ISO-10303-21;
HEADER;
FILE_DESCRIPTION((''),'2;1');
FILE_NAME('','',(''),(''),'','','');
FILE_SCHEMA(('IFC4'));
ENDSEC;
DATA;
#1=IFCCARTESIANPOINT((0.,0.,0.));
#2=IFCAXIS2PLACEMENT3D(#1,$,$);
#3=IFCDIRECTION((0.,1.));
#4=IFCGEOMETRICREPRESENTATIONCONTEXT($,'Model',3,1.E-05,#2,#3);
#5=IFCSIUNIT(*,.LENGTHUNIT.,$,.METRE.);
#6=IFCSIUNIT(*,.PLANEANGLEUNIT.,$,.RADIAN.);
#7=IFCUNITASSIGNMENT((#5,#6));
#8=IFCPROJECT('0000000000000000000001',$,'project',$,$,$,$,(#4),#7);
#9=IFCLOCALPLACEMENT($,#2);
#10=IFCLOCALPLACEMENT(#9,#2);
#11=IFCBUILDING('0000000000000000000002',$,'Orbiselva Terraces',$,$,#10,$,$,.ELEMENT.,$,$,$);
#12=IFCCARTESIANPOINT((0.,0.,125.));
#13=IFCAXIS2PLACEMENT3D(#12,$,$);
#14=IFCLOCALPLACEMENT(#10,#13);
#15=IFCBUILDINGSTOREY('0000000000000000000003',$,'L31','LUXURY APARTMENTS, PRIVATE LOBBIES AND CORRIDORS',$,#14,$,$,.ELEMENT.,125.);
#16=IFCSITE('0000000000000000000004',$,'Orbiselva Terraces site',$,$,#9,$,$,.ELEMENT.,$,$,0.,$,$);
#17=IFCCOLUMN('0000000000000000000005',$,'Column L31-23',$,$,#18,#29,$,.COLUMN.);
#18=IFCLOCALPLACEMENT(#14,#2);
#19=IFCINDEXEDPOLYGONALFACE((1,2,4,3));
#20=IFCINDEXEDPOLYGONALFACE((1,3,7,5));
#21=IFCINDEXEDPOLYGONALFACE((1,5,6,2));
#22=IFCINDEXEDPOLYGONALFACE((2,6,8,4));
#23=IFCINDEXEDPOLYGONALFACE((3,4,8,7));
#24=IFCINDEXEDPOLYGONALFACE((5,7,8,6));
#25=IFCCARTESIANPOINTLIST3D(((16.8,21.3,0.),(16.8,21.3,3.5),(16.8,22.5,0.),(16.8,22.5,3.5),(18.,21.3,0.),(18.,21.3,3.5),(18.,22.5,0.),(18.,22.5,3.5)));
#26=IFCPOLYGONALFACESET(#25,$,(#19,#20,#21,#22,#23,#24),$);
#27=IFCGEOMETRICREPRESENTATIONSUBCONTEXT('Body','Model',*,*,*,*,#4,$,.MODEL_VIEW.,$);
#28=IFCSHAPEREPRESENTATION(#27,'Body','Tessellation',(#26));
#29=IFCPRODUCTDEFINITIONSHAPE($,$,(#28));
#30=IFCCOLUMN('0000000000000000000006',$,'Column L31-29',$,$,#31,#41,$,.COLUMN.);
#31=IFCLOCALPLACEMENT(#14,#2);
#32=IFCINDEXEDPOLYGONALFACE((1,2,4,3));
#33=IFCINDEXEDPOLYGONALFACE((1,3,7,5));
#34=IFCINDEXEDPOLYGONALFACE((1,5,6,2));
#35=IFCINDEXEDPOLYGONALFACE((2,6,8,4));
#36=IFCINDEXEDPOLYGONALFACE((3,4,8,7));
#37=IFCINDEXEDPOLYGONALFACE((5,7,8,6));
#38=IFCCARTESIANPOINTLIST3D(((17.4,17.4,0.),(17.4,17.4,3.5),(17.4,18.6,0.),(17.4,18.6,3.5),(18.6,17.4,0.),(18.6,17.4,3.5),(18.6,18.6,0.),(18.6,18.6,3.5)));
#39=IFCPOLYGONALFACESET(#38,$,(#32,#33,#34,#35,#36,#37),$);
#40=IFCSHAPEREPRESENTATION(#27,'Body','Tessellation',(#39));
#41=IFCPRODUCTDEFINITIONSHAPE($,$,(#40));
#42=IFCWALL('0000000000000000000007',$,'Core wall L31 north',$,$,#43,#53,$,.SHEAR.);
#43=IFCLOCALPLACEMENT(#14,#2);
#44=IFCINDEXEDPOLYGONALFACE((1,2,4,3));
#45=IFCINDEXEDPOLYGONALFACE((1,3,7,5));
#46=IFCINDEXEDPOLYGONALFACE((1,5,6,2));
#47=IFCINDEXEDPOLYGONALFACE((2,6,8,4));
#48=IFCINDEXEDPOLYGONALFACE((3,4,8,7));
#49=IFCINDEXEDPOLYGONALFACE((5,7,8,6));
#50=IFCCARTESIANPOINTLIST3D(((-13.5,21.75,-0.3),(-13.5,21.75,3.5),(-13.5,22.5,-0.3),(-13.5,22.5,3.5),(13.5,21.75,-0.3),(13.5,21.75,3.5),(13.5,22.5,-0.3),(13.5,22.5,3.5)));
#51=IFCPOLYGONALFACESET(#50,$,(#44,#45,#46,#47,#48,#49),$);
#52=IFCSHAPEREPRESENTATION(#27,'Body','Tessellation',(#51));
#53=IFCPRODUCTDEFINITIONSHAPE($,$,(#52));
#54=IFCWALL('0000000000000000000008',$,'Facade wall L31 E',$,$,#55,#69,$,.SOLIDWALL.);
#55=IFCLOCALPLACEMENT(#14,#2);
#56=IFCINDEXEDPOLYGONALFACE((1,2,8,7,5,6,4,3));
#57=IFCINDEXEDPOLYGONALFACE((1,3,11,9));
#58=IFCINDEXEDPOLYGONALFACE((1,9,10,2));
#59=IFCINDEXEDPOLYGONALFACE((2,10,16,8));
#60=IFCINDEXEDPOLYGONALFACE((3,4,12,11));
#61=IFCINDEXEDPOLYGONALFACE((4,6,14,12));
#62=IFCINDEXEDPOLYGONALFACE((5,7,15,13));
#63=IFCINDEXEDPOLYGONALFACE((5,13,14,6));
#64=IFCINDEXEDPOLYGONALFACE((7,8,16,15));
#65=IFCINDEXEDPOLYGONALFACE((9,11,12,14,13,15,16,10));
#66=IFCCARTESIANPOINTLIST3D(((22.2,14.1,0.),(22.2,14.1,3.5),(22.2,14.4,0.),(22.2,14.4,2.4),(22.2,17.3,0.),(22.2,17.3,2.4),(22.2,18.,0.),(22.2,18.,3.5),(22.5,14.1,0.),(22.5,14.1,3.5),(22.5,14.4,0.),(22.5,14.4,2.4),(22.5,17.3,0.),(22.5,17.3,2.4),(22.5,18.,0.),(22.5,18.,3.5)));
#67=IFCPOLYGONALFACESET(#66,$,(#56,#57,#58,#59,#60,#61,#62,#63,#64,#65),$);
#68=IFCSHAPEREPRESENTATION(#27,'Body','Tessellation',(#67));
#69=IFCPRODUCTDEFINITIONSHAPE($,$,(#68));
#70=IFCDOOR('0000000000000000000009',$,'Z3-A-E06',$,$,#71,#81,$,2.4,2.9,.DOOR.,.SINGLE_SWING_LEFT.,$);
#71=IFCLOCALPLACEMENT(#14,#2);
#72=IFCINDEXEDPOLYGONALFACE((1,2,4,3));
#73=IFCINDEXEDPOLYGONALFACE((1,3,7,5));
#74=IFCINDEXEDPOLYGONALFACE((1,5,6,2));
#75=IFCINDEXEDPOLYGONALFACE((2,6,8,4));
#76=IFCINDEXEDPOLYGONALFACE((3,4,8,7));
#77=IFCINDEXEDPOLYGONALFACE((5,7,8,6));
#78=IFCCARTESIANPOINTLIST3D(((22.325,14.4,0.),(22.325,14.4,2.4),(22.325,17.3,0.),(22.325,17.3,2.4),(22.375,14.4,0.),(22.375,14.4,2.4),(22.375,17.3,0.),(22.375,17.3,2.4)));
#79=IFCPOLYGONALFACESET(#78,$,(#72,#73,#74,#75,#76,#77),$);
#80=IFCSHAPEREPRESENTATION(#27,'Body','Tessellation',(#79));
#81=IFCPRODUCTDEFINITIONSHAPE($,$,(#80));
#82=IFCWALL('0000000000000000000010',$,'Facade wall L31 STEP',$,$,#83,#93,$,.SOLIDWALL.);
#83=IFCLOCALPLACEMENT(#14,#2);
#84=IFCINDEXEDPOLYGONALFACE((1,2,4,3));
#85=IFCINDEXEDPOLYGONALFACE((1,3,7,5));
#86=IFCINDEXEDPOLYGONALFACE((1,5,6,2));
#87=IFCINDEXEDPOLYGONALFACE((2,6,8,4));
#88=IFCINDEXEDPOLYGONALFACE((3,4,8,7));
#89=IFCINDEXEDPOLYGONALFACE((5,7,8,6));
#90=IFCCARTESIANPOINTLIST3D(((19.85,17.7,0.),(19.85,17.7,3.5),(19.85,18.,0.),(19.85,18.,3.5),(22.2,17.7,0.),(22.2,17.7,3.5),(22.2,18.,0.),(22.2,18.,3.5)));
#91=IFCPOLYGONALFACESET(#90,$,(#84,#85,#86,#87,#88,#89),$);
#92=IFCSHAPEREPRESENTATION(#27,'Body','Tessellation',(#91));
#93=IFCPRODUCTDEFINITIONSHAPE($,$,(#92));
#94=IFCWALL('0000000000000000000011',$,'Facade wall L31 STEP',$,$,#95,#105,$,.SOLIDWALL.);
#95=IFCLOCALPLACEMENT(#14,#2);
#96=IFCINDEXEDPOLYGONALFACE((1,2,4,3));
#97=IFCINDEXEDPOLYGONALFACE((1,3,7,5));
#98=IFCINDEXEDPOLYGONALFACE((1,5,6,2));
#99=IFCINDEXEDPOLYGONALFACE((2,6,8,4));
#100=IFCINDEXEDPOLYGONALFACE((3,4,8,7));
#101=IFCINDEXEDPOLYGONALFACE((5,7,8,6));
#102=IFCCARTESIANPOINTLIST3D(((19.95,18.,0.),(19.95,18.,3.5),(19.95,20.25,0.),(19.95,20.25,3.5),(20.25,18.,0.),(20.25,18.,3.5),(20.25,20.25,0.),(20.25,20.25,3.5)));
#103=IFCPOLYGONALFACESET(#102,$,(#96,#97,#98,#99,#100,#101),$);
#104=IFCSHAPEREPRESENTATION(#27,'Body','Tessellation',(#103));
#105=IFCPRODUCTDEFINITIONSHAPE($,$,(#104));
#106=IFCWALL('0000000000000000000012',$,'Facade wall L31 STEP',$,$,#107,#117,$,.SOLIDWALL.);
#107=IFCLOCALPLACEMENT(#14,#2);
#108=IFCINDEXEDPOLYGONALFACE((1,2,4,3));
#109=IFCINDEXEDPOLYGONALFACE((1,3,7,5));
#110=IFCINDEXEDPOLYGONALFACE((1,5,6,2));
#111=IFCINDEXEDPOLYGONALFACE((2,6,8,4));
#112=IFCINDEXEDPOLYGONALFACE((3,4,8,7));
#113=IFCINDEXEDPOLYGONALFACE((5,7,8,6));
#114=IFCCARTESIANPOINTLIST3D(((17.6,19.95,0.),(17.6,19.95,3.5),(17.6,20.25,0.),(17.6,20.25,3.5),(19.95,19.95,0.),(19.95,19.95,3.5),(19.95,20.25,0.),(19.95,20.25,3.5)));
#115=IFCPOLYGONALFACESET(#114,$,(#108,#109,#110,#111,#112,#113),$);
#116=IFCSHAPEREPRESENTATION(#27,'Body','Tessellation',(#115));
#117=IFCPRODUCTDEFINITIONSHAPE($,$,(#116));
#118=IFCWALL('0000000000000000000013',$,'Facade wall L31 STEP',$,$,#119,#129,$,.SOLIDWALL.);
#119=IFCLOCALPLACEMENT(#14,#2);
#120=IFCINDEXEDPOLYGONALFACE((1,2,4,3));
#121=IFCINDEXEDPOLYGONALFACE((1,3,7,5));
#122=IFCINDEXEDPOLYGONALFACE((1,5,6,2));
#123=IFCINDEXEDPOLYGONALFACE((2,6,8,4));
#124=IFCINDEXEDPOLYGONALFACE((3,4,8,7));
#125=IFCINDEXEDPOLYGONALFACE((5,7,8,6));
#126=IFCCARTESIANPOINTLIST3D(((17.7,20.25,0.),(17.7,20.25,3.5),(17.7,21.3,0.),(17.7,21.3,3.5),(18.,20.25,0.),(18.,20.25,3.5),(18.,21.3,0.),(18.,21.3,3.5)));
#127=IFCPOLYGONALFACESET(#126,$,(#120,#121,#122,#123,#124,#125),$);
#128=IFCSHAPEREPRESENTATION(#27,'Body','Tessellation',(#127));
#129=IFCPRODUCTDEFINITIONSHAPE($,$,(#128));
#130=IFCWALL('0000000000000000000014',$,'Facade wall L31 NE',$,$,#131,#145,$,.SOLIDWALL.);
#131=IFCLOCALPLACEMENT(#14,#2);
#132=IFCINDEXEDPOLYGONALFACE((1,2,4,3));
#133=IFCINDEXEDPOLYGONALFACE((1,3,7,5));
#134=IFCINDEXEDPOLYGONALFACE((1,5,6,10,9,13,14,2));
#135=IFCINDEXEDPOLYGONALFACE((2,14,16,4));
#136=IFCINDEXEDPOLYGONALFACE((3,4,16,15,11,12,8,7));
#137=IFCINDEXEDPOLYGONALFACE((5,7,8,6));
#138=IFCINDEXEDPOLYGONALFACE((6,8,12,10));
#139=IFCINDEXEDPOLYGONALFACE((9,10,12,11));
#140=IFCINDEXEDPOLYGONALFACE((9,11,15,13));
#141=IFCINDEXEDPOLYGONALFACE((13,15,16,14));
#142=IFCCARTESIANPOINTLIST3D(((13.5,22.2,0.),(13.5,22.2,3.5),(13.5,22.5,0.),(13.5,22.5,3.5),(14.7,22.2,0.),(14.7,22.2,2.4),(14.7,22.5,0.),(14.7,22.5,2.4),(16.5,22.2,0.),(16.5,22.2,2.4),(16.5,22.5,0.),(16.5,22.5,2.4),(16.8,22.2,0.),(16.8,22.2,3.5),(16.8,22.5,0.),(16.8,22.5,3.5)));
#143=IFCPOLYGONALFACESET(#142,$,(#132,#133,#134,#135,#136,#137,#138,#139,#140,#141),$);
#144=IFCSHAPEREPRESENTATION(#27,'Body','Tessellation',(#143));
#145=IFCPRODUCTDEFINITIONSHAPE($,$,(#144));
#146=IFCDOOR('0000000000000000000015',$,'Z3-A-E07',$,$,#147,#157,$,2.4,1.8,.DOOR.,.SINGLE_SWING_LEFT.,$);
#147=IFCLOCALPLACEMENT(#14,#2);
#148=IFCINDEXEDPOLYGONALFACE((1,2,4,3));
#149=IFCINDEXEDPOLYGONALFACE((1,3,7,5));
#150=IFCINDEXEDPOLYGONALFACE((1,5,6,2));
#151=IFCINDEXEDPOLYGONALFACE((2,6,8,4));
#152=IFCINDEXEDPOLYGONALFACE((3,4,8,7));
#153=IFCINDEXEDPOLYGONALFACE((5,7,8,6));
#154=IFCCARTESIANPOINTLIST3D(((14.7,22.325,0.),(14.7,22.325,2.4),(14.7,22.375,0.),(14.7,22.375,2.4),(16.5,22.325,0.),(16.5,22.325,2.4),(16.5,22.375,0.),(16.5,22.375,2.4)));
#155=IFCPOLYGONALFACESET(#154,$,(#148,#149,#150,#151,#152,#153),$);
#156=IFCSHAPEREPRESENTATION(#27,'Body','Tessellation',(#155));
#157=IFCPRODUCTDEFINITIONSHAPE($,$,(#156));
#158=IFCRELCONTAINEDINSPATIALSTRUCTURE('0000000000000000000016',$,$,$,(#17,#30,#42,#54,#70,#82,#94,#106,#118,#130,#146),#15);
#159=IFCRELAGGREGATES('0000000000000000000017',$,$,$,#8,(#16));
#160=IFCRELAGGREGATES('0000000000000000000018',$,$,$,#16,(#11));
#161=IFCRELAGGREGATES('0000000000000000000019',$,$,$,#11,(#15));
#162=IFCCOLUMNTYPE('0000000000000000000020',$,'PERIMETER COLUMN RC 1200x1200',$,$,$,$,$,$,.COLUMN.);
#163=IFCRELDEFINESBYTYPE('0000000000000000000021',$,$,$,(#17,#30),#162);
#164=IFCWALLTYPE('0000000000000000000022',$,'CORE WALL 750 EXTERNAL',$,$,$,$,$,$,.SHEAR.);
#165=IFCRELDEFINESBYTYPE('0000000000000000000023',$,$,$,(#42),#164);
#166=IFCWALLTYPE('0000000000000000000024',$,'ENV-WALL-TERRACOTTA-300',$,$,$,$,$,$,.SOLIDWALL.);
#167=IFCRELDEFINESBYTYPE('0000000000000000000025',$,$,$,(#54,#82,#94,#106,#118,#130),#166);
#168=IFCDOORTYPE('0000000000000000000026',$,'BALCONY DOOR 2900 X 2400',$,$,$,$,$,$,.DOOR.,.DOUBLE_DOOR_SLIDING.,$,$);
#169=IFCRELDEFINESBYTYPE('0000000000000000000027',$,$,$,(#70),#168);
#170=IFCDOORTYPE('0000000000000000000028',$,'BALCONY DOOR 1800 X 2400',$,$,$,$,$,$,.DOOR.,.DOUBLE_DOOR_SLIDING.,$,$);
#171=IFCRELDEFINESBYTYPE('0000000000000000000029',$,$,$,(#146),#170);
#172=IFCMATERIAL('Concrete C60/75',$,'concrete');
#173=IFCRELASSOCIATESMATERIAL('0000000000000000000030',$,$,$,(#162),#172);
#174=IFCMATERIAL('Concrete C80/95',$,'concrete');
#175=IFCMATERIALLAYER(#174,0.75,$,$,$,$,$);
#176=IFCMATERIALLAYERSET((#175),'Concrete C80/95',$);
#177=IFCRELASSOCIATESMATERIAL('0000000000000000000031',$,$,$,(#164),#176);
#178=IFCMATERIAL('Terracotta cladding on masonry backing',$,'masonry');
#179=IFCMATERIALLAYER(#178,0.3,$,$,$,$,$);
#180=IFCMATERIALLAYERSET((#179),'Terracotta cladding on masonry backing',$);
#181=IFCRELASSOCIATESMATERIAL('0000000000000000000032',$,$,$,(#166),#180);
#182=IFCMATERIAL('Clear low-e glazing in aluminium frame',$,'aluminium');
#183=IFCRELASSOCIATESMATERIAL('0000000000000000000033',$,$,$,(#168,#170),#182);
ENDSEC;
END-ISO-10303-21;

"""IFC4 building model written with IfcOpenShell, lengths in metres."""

from ifc_helpers import new_model, si_unit, direction, frame, frame_2d, origin, origin_2d, place, context, subcontext, project, spatial, rectangle, extrude, material, layer, layer_set, material_profile, profile_set, type_object, element, fill, save


model = new_model("IFC4")

# Units and contexts
model_context = context("Model", 3, precision=1e-05, world=origin(), true_north=direction((0.0, 1.0)))
body_context = subcontext(model_context, "Body", "Model", "MODEL_VIEW")
ifc_project = project(units=[si_unit("LENGTHUNIT", "METRE"), si_unit("PLANEANGLEUNIT", "RADIAN")], contexts=[model_context])

# Site, building, storey
site_placement = place(None, origin())
site = spatial("IfcSite", under=ifc_project, at=site_placement, Name="Orbiselva Terraces site", CompositionType="ELEMENT", RefElevation=0.0)
building_placement = place(site_placement, origin())
building = spatial("IfcBuilding", under=site, at=building_placement, Name="Orbiselva Terraces", CompositionType="ELEMENT")
storey_placement = place(building_placement, frame((0.0, 0.0, 125.0)))
storey = spatial("IfcBuildingStorey", under=building, at=storey_placement, Name="L31", Description="LUXURY APARTMENTS, PRIVATE LOBBIES AND CORRIDORS", CompositionType="ELEMENT", Elevation=125.0)

# Columns
ifc_material_1 = material(Name="Concrete C60/75", Category="concrete")
ifc_material_profile = material_profile(ifc_material_1, rectangle(XDim=1.2, YDim=1.2, at=origin_2d()), Name="RC 1200x1200")
ifc_profile_set = profile_set([ifc_material_profile], Name="Concrete C60/75")
column_type = type_object("IfcColumnType", Name="PERIMETER COLUMN RC 1200x1200", PredefinedType="COLUMN", material=ifc_profile_set)
for number, where, z_axis, x_axis, name in (
    (1, (17.4, 21.9, 0.0), (0.0, 0.0, 1.0), (1.0, 0.0, 0.0), "Column L31-23"),
    (2, (18.0, 18.0, 0.0), (0.0, 0.0, 1.0), (1.0, 0.0, 0.0), "Column L31-29"),
):
    element("IfcColumn", number, at=place(storey_placement, frame(where, z_axis=z_axis, x_axis=x_axis)), inside=storey, type_object=column_type, Name=name, PredefinedType="COLUMN", context=body_context, shape_type="SweptSolid", body=[
        extrude(rectangle(XDim=1.2, YDim=1.2, at=origin_2d()), origin(), (0.0, 0.0, 1.0), 3.5),
    ])

# Wall
ifc_material_2 = material(Name="Concrete C80/95", Category="concrete")
ifc_layer_1 = layer(ifc_material_2, 0.75)
ifc_layer_set_1 = layer_set([ifc_layer_1], Name="Concrete C80/95")
wall_type_1 = type_object("IfcWallType", Name="CORE WALL 750 EXTERNAL", PredefinedType="SHEAR", material=ifc_layer_set_1)
wall_1_placement = place(storey_placement, frame((13.5, 22.125, -0.3), z_axis=(0.0, 0.0, 1.0), x_axis=(-1.0, 0.0, 0.0)))
element("IfcWall", 3, at=wall_1_placement, inside=storey, type_object=wall_type_1, Name="Core wall L31 north", PredefinedType="SHEAR", context=body_context, shape_type="SweptSolid", body=[
    extrude(rectangle(XDim=27.0, YDim=0.75, at=frame_2d((13.5, 0.0))), origin(), (0.0, 0.0, 1.0), 3.8),
])

# Wall, opening, door
ifc_material_3 = material(Name="Terracotta cladding on masonry backing", Category="masonry")
ifc_layer_2 = layer(ifc_material_3, 0.3)
ifc_layer_set_2 = layer_set([ifc_layer_2], Name="Terracotta cladding on masonry backing")
wall_type_2 = type_object("IfcWallType", Name="ENV-WALL-TERRACOTTA-300", PredefinedType="SOLIDWALL", material=ifc_layer_set_2)
wall_2_placement = place(storey_placement, frame((22.35, 18.0, 0.0), z_axis=(0.0, 0.0, 1.0), x_axis=(0.0, -1.0, 0.0)))
wall_2 = element("IfcWall", 4, at=wall_2_placement, inside=storey, type_object=wall_type_2, Name="Facade wall L31 E", PredefinedType="SOLIDWALL", context=body_context, shape_type="SweptSolid", body=[
    extrude(rectangle(XDim=3.9, YDim=0.3, at=frame_2d((1.95, 0.0))), origin(), (0.0, 0.0, 1.0), 3.5),
])
opening_1_placement = place(wall_2_placement, frame((0.7, 0.0, 0.0)))
opening_1 = element("IfcOpeningElement", 5, at=opening_1_placement, cuts=wall_2, PredefinedType="OPENING", context=body_context, shape_type="SweptSolid", body=[
    extrude(rectangle(XDim=2.9, YDim=2.4, at=frame_2d((1.45, 1.2))), frame((0.0, 0.16, 0.0), z_axis=(0.0, -1.0, 0.0), x_axis=(1.0, 0.0, 0.0)), (0.0, 0.0, 1.0), 0.32),
])
ifc_material_4 = material(Name="Clear low-e glazing in aluminium frame", Category="aluminium")
door_type_1 = type_object("IfcDoorType", Name="BALCONY DOOR 2900 X 2400", OperationType="DOUBLE_DOOR_SLIDING", PredefinedType="DOOR", material=ifc_material_4)
door_1_placement = place(opening_1_placement, origin())
door_1 = element("IfcDoor", 6, at=door_1_placement, inside=storey, type_object=door_type_1, Name="Z3-A-E06", OperationType="SINGLE_SWING_LEFT", OverallHeight=2.4, OverallWidth=2.9, PredefinedType="DOOR", context=body_context, shape_type="SweptSolid", body=[
    extrude(rectangle(XDim=2.9, YDim=2.4, at=frame_2d((1.45, 1.2))), frame((0.0, 0.025, 0.0), z_axis=(0.0, -1.0, 0.0), x_axis=(1.0, 0.0, 0.0)), (0.0, 0.0, 1.0), 0.05),
])
fill(opening_1, door_1)

# Walls
wall_3_placement = place(storey_placement, frame((19.85, 17.85, 0.0), z_axis=(0.0, 0.0, 1.0), x_axis=(1.0, 0.0, 0.0)))
element("IfcWall", 7, at=wall_3_placement, inside=storey, type_object=wall_type_2, Name="Facade wall L31 STEP", PredefinedType="SOLIDWALL", context=body_context, shape_type="SweptSolid", body=[
    extrude(rectangle(XDim=2.35, YDim=0.3, at=frame_2d((1.175, 0.0))), origin(), (0.0, 0.0, 1.0), 3.5),
])
wall_4_placement = place(storey_placement, frame((20.1, 20.25, 0.0), z_axis=(0.0, 0.0, 1.0), x_axis=(0.0, -1.0, 0.0)))
element("IfcWall", 8, at=wall_4_placement, inside=storey, type_object=wall_type_2, Name="Facade wall L31 STEP", PredefinedType="SOLIDWALL", context=body_context, shape_type="SweptSolid", body=[
    extrude(rectangle(XDim=2.25, YDim=0.3, at=frame_2d((1.125, 0.0))), origin(), (0.0, 0.0, 1.0), 3.5),
])
wall_5_placement = place(storey_placement, frame((17.6, 20.1, 0.0), z_axis=(0.0, 0.0, 1.0), x_axis=(1.0, 0.0, 0.0)))
element("IfcWall", 9, at=wall_5_placement, inside=storey, type_object=wall_type_2, Name="Facade wall L31 STEP", PredefinedType="SOLIDWALL", context=body_context, shape_type="SweptSolid", body=[
    extrude(rectangle(XDim=2.35, YDim=0.3, at=frame_2d((1.175, 0.0))), origin(), (0.0, 0.0, 1.0), 3.5),
])
wall_6_placement = place(storey_placement, frame((17.85, 21.3, 0.0), z_axis=(0.0, 0.0, 1.0), x_axis=(0.0, -1.0, 0.0)))
element("IfcWall", 10, at=wall_6_placement, inside=storey, type_object=wall_type_2, Name="Facade wall L31 STEP", PredefinedType="SOLIDWALL", context=body_context, shape_type="SweptSolid", body=[
    extrude(rectangle(XDim=1.05, YDim=0.3, at=frame_2d((0.525, 0.0))), origin(), (0.0, 0.0, 1.0), 3.5),
])

# Wall, opening, door
wall_7_placement = place(storey_placement, frame((13.5, 22.35, 0.0), z_axis=(0.0, 0.0, 1.0), x_axis=(1.0, 0.0, 0.0)))
wall_7 = element("IfcWall", 11, at=wall_7_placement, inside=storey, type_object=wall_type_2, Name="Facade wall L31 NE", PredefinedType="SOLIDWALL", context=body_context, shape_type="SweptSolid", body=[
    extrude(rectangle(XDim=3.3, YDim=0.3, at=frame_2d((1.65, 0.0))), origin(), (0.0, 0.0, 1.0), 3.5),
])
opening_2_placement = place(wall_7_placement, frame((1.2, 0.0, 0.0)))
opening_2 = element("IfcOpeningElement", 12, at=opening_2_placement, cuts=wall_7, PredefinedType="OPENING", context=body_context, shape_type="SweptSolid", body=[
    extrude(rectangle(XDim=1.8, YDim=2.4, at=frame_2d((0.9, 1.2))), frame((0.0, 0.16, 0.0), z_axis=(0.0, -1.0, 0.0), x_axis=(1.0, 0.0, 0.0)), (0.0, 0.0, 1.0), 0.32),
])
door_type_2 = type_object("IfcDoorType", Name="BALCONY DOOR 1800 X 2400", OperationType="DOUBLE_DOOR_SLIDING", PredefinedType="DOOR", material=ifc_material_4)
door_2_placement = place(opening_2_placement, origin())
door_2 = element("IfcDoor", 13, at=door_2_placement, inside=storey, type_object=door_type_2, Name="Z3-A-E07", OperationType="SINGLE_SWING_LEFT", OverallHeight=2.4, OverallWidth=1.8, PredefinedType="DOOR", context=body_context, shape_type="SweptSolid", body=[
    extrude(rectangle(XDim=1.8, YDim=2.4, at=frame_2d((0.9, 1.2))), frame((0.0, 0.025, 0.0), z_axis=(0.0, -1.0, 0.0), x_axis=(1.0, 0.0, 0.0)), (0.0, 0.0, 1.0), 0.05),
])
fill(opening_2, door_2)

save(model, "model.ifc")
